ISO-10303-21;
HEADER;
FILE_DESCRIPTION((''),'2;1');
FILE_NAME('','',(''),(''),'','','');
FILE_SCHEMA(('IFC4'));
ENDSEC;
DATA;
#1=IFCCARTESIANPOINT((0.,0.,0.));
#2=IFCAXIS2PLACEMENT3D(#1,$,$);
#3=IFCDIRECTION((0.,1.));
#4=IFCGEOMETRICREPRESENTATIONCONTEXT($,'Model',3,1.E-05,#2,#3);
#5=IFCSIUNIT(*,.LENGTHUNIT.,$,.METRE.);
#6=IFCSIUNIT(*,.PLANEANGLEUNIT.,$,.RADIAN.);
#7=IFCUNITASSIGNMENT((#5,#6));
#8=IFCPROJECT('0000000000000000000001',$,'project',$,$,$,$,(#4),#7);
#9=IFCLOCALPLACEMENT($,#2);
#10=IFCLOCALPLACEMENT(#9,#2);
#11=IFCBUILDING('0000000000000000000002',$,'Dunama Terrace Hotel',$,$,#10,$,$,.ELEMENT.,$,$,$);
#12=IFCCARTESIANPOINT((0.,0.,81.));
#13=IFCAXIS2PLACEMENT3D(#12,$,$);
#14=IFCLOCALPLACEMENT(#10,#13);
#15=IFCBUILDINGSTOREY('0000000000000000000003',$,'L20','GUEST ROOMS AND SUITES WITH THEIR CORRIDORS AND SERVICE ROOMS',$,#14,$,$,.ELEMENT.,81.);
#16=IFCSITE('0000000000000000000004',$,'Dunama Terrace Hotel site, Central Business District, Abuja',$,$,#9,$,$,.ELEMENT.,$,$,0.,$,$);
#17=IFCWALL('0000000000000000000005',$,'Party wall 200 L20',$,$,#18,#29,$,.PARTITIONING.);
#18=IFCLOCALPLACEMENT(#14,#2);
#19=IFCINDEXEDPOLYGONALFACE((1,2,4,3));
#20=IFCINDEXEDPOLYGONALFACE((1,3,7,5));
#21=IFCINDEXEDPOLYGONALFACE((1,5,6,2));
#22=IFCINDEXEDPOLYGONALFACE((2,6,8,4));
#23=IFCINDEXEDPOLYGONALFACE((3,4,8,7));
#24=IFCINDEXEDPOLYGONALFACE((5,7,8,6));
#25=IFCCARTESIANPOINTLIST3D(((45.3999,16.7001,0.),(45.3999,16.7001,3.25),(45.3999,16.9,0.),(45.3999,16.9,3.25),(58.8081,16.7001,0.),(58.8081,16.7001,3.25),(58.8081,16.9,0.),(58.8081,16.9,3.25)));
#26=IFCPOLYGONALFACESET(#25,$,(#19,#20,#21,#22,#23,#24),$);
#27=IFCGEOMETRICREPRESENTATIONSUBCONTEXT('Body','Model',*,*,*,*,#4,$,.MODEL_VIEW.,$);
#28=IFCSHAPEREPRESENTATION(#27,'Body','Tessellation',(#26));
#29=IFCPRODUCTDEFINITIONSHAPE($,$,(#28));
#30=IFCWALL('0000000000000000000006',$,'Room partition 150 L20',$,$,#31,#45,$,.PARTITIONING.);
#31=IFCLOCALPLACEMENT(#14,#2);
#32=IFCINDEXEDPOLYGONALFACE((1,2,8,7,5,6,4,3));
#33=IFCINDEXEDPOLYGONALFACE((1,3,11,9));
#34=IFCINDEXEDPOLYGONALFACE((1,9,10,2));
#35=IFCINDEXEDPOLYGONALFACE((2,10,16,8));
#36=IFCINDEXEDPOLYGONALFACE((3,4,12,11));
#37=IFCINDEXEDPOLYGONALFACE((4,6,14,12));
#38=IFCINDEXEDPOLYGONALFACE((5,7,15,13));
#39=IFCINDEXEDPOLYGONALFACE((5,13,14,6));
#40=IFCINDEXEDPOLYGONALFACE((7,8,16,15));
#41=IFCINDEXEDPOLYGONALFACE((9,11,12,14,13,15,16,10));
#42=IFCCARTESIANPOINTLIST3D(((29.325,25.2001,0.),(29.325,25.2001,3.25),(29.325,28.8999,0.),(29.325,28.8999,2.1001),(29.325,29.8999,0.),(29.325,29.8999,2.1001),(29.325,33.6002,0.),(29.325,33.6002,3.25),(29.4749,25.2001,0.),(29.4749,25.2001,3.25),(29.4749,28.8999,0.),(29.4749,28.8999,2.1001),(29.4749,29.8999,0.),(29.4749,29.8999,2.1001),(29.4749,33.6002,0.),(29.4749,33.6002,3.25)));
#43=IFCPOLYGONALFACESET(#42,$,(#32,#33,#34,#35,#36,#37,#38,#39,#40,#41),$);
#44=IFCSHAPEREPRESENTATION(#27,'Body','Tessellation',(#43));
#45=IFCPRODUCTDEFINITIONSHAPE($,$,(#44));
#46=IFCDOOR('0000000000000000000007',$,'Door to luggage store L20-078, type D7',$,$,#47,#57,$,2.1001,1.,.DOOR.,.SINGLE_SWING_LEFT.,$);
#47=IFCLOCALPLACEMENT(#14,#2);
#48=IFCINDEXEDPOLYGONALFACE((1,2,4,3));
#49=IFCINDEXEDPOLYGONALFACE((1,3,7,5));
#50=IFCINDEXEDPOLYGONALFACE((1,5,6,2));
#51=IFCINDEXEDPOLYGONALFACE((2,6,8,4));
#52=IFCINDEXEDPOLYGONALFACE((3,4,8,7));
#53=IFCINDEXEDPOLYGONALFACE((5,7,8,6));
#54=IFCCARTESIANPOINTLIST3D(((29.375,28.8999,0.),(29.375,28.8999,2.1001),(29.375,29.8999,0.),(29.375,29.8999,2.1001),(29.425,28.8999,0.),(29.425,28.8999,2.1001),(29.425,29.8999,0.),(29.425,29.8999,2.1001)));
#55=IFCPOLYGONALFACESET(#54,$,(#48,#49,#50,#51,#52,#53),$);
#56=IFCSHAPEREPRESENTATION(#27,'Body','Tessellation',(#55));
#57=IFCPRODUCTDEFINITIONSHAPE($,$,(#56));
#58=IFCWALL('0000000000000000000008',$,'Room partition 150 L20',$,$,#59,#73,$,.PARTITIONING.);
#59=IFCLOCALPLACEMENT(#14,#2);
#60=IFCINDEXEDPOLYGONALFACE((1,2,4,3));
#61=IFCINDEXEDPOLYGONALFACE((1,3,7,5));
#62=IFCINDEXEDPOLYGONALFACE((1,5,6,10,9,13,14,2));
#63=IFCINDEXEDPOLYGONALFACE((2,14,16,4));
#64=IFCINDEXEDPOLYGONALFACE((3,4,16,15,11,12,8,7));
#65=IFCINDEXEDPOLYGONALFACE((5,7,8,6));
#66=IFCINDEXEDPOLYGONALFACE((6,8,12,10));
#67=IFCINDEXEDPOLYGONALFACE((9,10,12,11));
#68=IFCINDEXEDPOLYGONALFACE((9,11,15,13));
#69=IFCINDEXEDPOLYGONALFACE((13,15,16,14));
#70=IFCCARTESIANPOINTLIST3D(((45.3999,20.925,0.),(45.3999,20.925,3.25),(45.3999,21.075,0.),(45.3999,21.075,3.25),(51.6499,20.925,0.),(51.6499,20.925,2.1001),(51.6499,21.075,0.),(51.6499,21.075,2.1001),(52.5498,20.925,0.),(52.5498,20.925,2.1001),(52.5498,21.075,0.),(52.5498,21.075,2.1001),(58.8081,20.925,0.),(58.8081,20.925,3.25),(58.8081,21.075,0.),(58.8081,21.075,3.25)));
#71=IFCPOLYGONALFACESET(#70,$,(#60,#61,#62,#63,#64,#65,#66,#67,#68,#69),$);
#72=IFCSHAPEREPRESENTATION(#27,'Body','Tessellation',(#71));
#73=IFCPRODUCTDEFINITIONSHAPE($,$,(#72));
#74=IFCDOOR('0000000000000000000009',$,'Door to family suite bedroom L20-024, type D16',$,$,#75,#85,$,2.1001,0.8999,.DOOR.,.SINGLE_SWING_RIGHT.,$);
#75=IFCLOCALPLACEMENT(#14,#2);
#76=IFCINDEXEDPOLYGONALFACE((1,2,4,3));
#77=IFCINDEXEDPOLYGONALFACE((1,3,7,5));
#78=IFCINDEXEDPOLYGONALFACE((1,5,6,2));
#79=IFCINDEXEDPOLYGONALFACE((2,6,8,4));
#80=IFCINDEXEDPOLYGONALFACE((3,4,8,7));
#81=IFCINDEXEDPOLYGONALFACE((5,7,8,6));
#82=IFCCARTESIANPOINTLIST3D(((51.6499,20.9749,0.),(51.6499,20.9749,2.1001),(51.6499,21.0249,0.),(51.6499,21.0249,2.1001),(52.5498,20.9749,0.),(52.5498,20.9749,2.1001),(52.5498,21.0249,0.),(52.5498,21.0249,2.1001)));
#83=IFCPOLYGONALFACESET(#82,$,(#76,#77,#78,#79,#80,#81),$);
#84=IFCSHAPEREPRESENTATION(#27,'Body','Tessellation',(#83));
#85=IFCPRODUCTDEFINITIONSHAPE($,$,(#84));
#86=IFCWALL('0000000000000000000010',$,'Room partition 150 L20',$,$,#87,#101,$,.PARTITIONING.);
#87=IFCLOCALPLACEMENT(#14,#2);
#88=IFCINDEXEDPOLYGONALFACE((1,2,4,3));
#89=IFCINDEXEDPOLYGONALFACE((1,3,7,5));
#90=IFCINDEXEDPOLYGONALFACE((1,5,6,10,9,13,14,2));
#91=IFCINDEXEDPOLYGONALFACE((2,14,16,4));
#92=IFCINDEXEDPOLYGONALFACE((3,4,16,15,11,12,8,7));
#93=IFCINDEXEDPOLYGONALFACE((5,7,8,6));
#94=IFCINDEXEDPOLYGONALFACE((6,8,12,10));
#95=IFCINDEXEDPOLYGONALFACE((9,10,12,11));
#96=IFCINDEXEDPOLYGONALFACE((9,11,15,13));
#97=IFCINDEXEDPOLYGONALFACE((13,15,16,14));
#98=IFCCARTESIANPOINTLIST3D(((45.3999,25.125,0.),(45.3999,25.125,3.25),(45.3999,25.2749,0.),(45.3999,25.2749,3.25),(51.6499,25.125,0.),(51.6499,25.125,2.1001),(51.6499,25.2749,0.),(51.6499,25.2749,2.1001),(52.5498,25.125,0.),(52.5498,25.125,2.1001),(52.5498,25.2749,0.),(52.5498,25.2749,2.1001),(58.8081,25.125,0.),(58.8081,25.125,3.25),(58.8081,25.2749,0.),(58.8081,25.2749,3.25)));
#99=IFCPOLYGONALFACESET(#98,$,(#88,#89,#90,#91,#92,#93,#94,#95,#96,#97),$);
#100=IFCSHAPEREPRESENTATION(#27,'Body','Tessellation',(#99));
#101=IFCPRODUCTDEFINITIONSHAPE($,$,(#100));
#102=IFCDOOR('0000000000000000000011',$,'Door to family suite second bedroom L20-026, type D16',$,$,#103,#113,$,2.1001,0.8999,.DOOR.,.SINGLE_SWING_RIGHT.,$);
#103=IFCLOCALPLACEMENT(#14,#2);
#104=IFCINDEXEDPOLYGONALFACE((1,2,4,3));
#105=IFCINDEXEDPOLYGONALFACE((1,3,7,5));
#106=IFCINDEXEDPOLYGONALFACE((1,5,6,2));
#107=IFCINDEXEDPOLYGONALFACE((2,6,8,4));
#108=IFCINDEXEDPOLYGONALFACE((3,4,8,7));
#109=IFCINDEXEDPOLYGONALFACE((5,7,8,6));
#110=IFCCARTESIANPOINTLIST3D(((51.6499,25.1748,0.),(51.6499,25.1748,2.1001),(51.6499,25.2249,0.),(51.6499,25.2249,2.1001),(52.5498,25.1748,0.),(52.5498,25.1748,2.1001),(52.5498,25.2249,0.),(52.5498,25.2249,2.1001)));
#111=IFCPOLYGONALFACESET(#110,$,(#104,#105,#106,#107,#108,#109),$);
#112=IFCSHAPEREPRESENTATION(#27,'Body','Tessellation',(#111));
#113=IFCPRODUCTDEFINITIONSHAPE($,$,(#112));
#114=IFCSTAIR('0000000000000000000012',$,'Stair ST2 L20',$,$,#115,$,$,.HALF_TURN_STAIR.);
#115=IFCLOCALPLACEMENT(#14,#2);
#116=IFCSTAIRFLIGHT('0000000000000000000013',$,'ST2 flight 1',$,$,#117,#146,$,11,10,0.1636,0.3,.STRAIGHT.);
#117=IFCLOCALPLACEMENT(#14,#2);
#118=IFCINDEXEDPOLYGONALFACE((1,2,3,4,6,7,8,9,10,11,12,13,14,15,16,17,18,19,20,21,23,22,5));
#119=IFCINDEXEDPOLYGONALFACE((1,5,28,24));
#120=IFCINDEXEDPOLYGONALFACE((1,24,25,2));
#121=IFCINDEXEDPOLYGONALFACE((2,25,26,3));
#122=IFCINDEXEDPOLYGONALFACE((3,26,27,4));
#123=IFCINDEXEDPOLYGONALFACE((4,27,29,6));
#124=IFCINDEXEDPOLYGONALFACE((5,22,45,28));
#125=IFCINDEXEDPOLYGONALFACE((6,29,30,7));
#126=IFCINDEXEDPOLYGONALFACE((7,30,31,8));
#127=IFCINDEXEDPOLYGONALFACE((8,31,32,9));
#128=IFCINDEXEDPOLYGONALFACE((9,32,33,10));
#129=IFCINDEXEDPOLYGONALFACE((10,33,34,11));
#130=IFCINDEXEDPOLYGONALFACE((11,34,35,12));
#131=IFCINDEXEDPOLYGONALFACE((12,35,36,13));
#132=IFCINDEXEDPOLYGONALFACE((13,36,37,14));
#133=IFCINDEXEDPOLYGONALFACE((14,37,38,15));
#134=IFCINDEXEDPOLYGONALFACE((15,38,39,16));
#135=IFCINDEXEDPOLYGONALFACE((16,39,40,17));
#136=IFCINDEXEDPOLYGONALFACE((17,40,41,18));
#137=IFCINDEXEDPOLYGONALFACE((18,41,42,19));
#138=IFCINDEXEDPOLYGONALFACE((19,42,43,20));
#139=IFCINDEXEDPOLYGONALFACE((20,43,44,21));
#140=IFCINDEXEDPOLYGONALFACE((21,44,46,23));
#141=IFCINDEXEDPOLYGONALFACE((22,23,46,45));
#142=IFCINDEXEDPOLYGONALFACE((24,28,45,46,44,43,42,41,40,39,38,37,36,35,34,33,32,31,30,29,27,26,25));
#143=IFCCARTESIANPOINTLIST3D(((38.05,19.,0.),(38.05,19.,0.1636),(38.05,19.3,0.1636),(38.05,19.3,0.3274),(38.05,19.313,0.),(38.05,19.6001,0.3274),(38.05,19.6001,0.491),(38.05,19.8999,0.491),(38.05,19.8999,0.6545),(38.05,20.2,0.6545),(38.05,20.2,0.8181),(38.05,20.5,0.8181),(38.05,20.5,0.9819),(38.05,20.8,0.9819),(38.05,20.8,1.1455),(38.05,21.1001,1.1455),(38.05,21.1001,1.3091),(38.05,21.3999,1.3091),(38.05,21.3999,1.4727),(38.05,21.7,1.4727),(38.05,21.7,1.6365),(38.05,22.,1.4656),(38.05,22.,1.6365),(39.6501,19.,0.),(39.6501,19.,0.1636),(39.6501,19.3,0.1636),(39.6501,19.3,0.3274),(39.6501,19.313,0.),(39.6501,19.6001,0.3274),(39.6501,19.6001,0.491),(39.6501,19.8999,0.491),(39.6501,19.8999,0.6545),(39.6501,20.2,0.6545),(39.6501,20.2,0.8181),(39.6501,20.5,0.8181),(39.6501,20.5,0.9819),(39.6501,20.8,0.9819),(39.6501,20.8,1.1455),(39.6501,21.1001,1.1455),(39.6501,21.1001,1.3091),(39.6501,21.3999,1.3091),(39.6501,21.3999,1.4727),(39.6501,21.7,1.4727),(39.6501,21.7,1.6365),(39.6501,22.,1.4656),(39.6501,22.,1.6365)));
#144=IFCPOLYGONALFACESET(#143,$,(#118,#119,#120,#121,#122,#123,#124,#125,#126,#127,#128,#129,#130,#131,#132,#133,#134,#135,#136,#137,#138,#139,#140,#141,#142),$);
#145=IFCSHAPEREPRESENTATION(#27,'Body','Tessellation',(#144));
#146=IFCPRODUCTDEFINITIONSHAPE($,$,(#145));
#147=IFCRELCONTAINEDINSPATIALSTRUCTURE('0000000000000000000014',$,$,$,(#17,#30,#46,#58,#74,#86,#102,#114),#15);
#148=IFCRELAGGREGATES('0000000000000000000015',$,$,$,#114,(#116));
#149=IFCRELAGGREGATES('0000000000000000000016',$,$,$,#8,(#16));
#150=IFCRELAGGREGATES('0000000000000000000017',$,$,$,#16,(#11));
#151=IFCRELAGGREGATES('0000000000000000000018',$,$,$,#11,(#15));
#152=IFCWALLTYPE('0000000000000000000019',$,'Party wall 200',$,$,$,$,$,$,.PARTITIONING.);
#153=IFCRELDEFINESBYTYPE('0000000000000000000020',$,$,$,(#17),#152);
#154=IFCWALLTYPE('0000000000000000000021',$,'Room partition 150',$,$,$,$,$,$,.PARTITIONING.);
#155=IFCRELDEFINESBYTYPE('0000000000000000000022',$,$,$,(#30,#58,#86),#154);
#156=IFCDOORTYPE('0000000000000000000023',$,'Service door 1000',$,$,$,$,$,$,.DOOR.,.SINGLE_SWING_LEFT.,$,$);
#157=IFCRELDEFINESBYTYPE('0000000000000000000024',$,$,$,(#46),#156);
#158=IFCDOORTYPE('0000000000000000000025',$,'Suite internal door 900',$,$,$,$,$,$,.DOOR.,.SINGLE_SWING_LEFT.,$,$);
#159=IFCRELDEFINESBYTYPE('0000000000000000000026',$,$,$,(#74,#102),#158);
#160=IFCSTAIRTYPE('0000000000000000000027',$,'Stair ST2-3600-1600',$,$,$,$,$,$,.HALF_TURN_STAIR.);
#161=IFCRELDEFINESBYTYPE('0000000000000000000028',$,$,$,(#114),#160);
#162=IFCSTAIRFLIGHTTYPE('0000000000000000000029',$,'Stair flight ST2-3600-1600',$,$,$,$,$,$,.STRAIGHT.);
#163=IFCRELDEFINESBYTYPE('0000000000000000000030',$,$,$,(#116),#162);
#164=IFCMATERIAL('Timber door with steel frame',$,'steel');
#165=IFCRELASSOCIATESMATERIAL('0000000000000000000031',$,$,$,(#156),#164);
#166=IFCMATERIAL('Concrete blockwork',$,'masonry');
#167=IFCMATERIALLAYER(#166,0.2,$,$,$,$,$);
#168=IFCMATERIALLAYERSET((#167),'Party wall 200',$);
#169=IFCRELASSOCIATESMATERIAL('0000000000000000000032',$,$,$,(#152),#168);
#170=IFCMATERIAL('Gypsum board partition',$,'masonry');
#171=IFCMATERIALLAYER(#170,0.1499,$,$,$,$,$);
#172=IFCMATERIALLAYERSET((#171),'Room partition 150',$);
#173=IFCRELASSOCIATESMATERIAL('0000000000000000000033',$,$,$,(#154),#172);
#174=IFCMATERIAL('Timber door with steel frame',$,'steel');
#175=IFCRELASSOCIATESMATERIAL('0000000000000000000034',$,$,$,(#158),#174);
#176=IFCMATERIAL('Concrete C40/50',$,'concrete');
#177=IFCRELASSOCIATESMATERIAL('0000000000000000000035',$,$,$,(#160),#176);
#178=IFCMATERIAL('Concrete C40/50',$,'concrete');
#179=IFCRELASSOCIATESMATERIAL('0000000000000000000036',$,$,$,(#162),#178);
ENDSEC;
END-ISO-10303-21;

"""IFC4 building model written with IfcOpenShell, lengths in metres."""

from ifc_helpers import new_model, si_unit, direction, frame, frame_2d, origin, place, context, subcontext, project, spatial, polyline, rectangle, outline, extrude, material, layer, layer_set, type_object, element, fill, aggregate, save


model = new_model("IFC4")

# Units and contexts
model_context = context("Model", 3, precision=1e-05, world=origin(), true_north=direction((0.0, 1.0)))
body_context = subcontext(model_context, "Body", "Model", "MODEL_VIEW")
ifc_project = project(units=[si_unit("LENGTHUNIT", "METRE"), si_unit("PLANEANGLEUNIT", "RADIAN")], contexts=[model_context])

# Site, building, storey
site_placement = place(None, origin())
site = spatial("IfcSite", under=ifc_project, at=site_placement, Name="Dunama Terrace Hotel site, Central Business District, Abuja", CompositionType="ELEMENT", RefElevation=0.0)
building_placement = place(site_placement, origin())
building = spatial("IfcBuilding", under=site, at=building_placement, Name="Dunama Terrace Hotel", CompositionType="ELEMENT")
storey_placement = place(building_placement, frame((0.0, 0.0, 81.0)))
storey = spatial("IfcBuildingStorey", under=building, at=storey_placement, Name="L20", Description="GUEST ROOMS AND SUITES WITH THEIR CORRIDORS AND SERVICE ROOMS", CompositionType="ELEMENT", Elevation=81.0)

# Shared definitions
ifc_material_1 = material(Name="Timber door with steel frame", Category="steel")
door_type_1 = type_object("IfcDoorType", Name="Service door 1000", OperationType="SINGLE_SWING_LEFT", PredefinedType="DOOR", material=ifc_material_1)

# Wall
ifc_material_2 = material(Name="Concrete blockwork", Category="masonry")
ifc_layer_1 = layer(ifc_material_2, 0.2)
ifc_layer_set_1 = layer_set([ifc_layer_1], Name="Party wall 200")
wall_type_1 = type_object("IfcWallType", Name="Party wall 200", PredefinedType="PARTITIONING", material=ifc_layer_set_1)
wall_1_placement = place(storey_placement, frame((45.3999, 16.8, 0.0), z_axis=(0.0, 0.0, 1.0), x_axis=(1.0, 0.0, 0.0)))
element("IfcWall", 1, at=wall_1_placement, inside=storey, type_object=wall_type_1, Name="Party wall 200 L20", PredefinedType="PARTITIONING", context=body_context, shape_type="SweptSolid", body=[
    extrude(rectangle(XDim=13.4082, YDim=0.2, at=frame_2d((6.7041, 0.0))), origin(), (0.0, 0.0, 1.0), 3.25),
])

# Walls, openings, doors
ifc_material_3 = material(Name="Gypsum board partition", Category="masonry")
ifc_layer_2 = layer(ifc_material_3, 0.1499)
ifc_layer_set_2 = layer_set([ifc_layer_2], Name="Room partition 150")
wall_type_2 = type_object("IfcWallType", Name="Room partition 150", PredefinedType="PARTITIONING", material=ifc_layer_set_2)
wall_2_placement = place(storey_placement, frame((29.3999, 25.2, 0.0), z_axis=(0.0, 0.0, 1.0), x_axis=(0.0, 1.0, 0.0)))
wall_2 = element("IfcWall", 2, at=wall_2_placement, inside=storey, type_object=wall_type_2, Name="Room partition 150 L20", PredefinedType="PARTITIONING", context=body_context, shape_type="SweptSolid", body=[
    extrude(rectangle(XDim=8.4001, YDim=0.1499, at=frame_2d((4.2002, 0.0))), origin(), (0.0, 0.0, 1.0), 3.25),
])
opening_1_placement = place(wall_2_placement, frame((3.7, 0.0, 0.0)))
opening_1 = element("IfcOpeningElement", 3, at=opening_1_placement, cuts=wall_2, PredefinedType="OPENING", context=body_context, shape_type="SweptSolid", body=[
    extrude(rectangle(XDim=1.0, YDim=2.1001, at=frame_2d((0.5, 1.05))), frame((0.0, 0.085, 0.0), z_axis=(0.0, -1.0, 0.0), x_axis=(1.0, 0.0, 0.0)), (0.0, 0.0, 1.0), 0.1699),
])
door_1_placement = place(opening_1_placement, origin())
door_1 = element("IfcDoor", 4, at=door_1_placement, inside=storey, type_object=door_type_1, Name="Door to luggage store L20-078, type D7", OperationType="SINGLE_SWING_LEFT", OverallHeight=2.1001, OverallWidth=1.0, PredefinedType="DOOR", context=body_context, shape_type="SweptSolid", body=[
    extrude(rectangle(XDim=1.0, YDim=2.1001, at=frame_2d((0.5, 1.05))), frame((0.0, 0.0249, 0.0), z_axis=(0.0, -1.0, 0.0), x_axis=(1.0, 0.0, 0.0)), (0.0, 0.0, 1.0), 0.05),
])
fill(opening_1, door_1)
wall_3_placement = place(storey_placement, frame((45.3999, 21.0, 0.0), z_axis=(0.0, 0.0, 1.0), x_axis=(1.0, 0.0, 0.0)))
wall_3 = element("IfcWall", 5, at=wall_3_placement, inside=storey, type_object=wall_type_2, Name="Room partition 150 L20", PredefinedType="PARTITIONING", context=body_context, shape_type="SweptSolid", body=[
    extrude(rectangle(XDim=13.4082, YDim=0.1499, at=frame_2d((6.7041, 0.0))), origin(), (0.0, 0.0, 1.0), 3.25),
])
opening_2_placement = place(wall_3_placement, frame((6.25, 0.0, 0.0)))
opening_2 = element("IfcOpeningElement", 6, at=opening_2_placement, cuts=wall_3, PredefinedType="OPENING", context=body_context, shape_type="SweptSolid", body=[
    extrude(rectangle(XDim=0.8999, YDim=2.1001, at=frame_2d((0.45, 1.05))), frame((0.0, 0.085, 0.0), z_axis=(0.0, -1.0, 0.0), x_axis=(1.0, 0.0, 0.0)), (0.0, 0.0, 1.0), 0.1699),
])
ifc_material_4 = material(Name="Timber door with steel frame", Category="steel")
door_type_2 = type_object("IfcDoorType", Name="Suite internal door 900", OperationType="SINGLE_SWING_LEFT", PredefinedType="DOOR", material=ifc_material_4)
door_2_placement = place(opening_2_placement, frame((0.8999, 0.0, 0.0), z_axis=(0.0, 0.0, 1.0), x_axis=(-1.0, 0.0, 0.0)))
door_2 = element("IfcDoor", 7, at=door_2_placement, inside=storey, type_object=door_type_2, Name="Door to family suite bedroom L20-024, type D16", OperationType="SINGLE_SWING_RIGHT", OverallHeight=2.1001, OverallWidth=0.8999, PredefinedType="DOOR", context=body_context, shape_type="SweptSolid", body=[
    extrude(rectangle(XDim=0.8999, YDim=2.1001, at=frame_2d((0.45, 1.05))), frame((0.0, 0.0251, 0.0), z_axis=(0.0, -1.0, 0.0), x_axis=(1.0, 0.0, 0.0)), (0.0, 0.0, 1.0), 0.05),
])
fill(opening_2, door_2)
wall_4_placement = place(storey_placement, frame((45.3999, 25.2, 0.0), z_axis=(0.0, 0.0, 1.0), x_axis=(1.0, 0.0, 0.0)))
wall_4 = element("IfcWall", 8, at=wall_4_placement, inside=storey, type_object=wall_type_2, Name="Room partition 150 L20", PredefinedType="PARTITIONING", context=body_context, shape_type="SweptSolid", body=[
    extrude(rectangle(XDim=13.4082, YDim=0.1499, at=frame_2d((6.7041, 0.0))), origin(), (0.0, 0.0, 1.0), 3.25),
])
opening_3_placement = place(wall_4_placement, frame((6.25, 0.0, 0.0)))
opening_3 = element("IfcOpeningElement", 9, at=opening_3_placement, cuts=wall_4, PredefinedType="OPENING", context=body_context, shape_type="SweptSolid", body=[
    extrude(rectangle(XDim=0.8999, YDim=2.1001, at=frame_2d((0.45, 1.05))), frame((0.0, 0.085, 0.0), z_axis=(0.0, -1.0, 0.0), x_axis=(1.0, 0.0, 0.0)), (0.0, 0.0, 1.0), 0.1699),
])
door_3_placement = place(opening_3_placement, origin())
door_3 = element("IfcDoor", 10, at=door_3_placement, inside=storey, type_object=door_type_2, Name="Door to family suite second bedroom L20-026, type D16", OperationType="SINGLE_SWING_RIGHT", OverallHeight=2.1001, OverallWidth=0.8999, PredefinedType="DOOR", context=body_context, shape_type="SweptSolid", body=[
    extrude(rectangle(XDim=0.8999, YDim=2.1001, at=frame_2d((0.45, 1.05))), frame((0.0, 0.0249, 0.0), z_axis=(0.0, -1.0, 0.0), x_axis=(1.0, 0.0, 0.0)), (0.0, 0.0, 1.0), 0.05),
])
fill(opening_3, door_3)

# Stair, stair flight
ifc_material_5 = material(Name="Concrete C40/50", Category="concrete")
stair_type = type_object("IfcStairType", Name="Stair ST2-3600-1600", PredefinedType="HALF_TURN_STAIR", material=ifc_material_5)
stair_placement = place(storey_placement, origin())
stair = element("IfcStair", 11, at=stair_placement, inside=storey, type_object=stair_type, Name="Stair ST2 L20", PredefinedType="HALF_TURN_STAIR")
ifc_material_6 = material(Name="Concrete C40/50", Category="concrete")
stair_flight_type = type_object("IfcStairFlightType", Name="Stair flight ST2-3600-1600", PredefinedType="STRAIGHT", material=ifc_material_6)
stair_flight_1_placement = place(storey_placement, frame((38.8501, 19.0, 0.0), z_axis=(0.0, 0.0, 1.0), x_axis=(0.0, 1.0, 0.0)))
stair_flight_1 = element("IfcStairFlight", 12, at=stair_flight_1_placement, type_object=stair_flight_type, Name="ST2 flight 1", NumberOfRisers=11, NumberOfTreads=10, PredefinedType="STRAIGHT", RiserHeight=0.1636, TreadLength=0.3, context=body_context, shape_type="SweptSolid", body=[
    extrude(outline(polyline([(0.0, 0.0), (0.0, 0.1636), (0.3, 0.1636), (0.3, 0.3274), (0.6001, 0.3274), (0.6001, 0.491), (0.8999, 0.491), (0.8999, 0.6545), (1.2, 0.6545), (1.2, 0.8181), (1.5, 0.8181), (1.5, 0.9819), (1.8, 0.9819), (1.8, 1.1455), (2.1001, 1.1455), (2.1001, 1.3091), (2.3999, 1.3091), (2.3999, 1.4727), (2.7, 1.4727), (2.7, 1.6365), (3.0, 1.6365), (3.0, 1.8), (3.0, 1.4656), (0.313, 0.0), (0.0, 0.0)])), frame((0.0, 0.8, 0.0), z_axis=(0.0, -1.0, 0.0), x_axis=(1.0, 0.0, 0.0)), (0.0, 0.0, 1.0), 1.6001),
])
aggregate(stair, [stair_flight_1])

save(model, "model.ifc")
